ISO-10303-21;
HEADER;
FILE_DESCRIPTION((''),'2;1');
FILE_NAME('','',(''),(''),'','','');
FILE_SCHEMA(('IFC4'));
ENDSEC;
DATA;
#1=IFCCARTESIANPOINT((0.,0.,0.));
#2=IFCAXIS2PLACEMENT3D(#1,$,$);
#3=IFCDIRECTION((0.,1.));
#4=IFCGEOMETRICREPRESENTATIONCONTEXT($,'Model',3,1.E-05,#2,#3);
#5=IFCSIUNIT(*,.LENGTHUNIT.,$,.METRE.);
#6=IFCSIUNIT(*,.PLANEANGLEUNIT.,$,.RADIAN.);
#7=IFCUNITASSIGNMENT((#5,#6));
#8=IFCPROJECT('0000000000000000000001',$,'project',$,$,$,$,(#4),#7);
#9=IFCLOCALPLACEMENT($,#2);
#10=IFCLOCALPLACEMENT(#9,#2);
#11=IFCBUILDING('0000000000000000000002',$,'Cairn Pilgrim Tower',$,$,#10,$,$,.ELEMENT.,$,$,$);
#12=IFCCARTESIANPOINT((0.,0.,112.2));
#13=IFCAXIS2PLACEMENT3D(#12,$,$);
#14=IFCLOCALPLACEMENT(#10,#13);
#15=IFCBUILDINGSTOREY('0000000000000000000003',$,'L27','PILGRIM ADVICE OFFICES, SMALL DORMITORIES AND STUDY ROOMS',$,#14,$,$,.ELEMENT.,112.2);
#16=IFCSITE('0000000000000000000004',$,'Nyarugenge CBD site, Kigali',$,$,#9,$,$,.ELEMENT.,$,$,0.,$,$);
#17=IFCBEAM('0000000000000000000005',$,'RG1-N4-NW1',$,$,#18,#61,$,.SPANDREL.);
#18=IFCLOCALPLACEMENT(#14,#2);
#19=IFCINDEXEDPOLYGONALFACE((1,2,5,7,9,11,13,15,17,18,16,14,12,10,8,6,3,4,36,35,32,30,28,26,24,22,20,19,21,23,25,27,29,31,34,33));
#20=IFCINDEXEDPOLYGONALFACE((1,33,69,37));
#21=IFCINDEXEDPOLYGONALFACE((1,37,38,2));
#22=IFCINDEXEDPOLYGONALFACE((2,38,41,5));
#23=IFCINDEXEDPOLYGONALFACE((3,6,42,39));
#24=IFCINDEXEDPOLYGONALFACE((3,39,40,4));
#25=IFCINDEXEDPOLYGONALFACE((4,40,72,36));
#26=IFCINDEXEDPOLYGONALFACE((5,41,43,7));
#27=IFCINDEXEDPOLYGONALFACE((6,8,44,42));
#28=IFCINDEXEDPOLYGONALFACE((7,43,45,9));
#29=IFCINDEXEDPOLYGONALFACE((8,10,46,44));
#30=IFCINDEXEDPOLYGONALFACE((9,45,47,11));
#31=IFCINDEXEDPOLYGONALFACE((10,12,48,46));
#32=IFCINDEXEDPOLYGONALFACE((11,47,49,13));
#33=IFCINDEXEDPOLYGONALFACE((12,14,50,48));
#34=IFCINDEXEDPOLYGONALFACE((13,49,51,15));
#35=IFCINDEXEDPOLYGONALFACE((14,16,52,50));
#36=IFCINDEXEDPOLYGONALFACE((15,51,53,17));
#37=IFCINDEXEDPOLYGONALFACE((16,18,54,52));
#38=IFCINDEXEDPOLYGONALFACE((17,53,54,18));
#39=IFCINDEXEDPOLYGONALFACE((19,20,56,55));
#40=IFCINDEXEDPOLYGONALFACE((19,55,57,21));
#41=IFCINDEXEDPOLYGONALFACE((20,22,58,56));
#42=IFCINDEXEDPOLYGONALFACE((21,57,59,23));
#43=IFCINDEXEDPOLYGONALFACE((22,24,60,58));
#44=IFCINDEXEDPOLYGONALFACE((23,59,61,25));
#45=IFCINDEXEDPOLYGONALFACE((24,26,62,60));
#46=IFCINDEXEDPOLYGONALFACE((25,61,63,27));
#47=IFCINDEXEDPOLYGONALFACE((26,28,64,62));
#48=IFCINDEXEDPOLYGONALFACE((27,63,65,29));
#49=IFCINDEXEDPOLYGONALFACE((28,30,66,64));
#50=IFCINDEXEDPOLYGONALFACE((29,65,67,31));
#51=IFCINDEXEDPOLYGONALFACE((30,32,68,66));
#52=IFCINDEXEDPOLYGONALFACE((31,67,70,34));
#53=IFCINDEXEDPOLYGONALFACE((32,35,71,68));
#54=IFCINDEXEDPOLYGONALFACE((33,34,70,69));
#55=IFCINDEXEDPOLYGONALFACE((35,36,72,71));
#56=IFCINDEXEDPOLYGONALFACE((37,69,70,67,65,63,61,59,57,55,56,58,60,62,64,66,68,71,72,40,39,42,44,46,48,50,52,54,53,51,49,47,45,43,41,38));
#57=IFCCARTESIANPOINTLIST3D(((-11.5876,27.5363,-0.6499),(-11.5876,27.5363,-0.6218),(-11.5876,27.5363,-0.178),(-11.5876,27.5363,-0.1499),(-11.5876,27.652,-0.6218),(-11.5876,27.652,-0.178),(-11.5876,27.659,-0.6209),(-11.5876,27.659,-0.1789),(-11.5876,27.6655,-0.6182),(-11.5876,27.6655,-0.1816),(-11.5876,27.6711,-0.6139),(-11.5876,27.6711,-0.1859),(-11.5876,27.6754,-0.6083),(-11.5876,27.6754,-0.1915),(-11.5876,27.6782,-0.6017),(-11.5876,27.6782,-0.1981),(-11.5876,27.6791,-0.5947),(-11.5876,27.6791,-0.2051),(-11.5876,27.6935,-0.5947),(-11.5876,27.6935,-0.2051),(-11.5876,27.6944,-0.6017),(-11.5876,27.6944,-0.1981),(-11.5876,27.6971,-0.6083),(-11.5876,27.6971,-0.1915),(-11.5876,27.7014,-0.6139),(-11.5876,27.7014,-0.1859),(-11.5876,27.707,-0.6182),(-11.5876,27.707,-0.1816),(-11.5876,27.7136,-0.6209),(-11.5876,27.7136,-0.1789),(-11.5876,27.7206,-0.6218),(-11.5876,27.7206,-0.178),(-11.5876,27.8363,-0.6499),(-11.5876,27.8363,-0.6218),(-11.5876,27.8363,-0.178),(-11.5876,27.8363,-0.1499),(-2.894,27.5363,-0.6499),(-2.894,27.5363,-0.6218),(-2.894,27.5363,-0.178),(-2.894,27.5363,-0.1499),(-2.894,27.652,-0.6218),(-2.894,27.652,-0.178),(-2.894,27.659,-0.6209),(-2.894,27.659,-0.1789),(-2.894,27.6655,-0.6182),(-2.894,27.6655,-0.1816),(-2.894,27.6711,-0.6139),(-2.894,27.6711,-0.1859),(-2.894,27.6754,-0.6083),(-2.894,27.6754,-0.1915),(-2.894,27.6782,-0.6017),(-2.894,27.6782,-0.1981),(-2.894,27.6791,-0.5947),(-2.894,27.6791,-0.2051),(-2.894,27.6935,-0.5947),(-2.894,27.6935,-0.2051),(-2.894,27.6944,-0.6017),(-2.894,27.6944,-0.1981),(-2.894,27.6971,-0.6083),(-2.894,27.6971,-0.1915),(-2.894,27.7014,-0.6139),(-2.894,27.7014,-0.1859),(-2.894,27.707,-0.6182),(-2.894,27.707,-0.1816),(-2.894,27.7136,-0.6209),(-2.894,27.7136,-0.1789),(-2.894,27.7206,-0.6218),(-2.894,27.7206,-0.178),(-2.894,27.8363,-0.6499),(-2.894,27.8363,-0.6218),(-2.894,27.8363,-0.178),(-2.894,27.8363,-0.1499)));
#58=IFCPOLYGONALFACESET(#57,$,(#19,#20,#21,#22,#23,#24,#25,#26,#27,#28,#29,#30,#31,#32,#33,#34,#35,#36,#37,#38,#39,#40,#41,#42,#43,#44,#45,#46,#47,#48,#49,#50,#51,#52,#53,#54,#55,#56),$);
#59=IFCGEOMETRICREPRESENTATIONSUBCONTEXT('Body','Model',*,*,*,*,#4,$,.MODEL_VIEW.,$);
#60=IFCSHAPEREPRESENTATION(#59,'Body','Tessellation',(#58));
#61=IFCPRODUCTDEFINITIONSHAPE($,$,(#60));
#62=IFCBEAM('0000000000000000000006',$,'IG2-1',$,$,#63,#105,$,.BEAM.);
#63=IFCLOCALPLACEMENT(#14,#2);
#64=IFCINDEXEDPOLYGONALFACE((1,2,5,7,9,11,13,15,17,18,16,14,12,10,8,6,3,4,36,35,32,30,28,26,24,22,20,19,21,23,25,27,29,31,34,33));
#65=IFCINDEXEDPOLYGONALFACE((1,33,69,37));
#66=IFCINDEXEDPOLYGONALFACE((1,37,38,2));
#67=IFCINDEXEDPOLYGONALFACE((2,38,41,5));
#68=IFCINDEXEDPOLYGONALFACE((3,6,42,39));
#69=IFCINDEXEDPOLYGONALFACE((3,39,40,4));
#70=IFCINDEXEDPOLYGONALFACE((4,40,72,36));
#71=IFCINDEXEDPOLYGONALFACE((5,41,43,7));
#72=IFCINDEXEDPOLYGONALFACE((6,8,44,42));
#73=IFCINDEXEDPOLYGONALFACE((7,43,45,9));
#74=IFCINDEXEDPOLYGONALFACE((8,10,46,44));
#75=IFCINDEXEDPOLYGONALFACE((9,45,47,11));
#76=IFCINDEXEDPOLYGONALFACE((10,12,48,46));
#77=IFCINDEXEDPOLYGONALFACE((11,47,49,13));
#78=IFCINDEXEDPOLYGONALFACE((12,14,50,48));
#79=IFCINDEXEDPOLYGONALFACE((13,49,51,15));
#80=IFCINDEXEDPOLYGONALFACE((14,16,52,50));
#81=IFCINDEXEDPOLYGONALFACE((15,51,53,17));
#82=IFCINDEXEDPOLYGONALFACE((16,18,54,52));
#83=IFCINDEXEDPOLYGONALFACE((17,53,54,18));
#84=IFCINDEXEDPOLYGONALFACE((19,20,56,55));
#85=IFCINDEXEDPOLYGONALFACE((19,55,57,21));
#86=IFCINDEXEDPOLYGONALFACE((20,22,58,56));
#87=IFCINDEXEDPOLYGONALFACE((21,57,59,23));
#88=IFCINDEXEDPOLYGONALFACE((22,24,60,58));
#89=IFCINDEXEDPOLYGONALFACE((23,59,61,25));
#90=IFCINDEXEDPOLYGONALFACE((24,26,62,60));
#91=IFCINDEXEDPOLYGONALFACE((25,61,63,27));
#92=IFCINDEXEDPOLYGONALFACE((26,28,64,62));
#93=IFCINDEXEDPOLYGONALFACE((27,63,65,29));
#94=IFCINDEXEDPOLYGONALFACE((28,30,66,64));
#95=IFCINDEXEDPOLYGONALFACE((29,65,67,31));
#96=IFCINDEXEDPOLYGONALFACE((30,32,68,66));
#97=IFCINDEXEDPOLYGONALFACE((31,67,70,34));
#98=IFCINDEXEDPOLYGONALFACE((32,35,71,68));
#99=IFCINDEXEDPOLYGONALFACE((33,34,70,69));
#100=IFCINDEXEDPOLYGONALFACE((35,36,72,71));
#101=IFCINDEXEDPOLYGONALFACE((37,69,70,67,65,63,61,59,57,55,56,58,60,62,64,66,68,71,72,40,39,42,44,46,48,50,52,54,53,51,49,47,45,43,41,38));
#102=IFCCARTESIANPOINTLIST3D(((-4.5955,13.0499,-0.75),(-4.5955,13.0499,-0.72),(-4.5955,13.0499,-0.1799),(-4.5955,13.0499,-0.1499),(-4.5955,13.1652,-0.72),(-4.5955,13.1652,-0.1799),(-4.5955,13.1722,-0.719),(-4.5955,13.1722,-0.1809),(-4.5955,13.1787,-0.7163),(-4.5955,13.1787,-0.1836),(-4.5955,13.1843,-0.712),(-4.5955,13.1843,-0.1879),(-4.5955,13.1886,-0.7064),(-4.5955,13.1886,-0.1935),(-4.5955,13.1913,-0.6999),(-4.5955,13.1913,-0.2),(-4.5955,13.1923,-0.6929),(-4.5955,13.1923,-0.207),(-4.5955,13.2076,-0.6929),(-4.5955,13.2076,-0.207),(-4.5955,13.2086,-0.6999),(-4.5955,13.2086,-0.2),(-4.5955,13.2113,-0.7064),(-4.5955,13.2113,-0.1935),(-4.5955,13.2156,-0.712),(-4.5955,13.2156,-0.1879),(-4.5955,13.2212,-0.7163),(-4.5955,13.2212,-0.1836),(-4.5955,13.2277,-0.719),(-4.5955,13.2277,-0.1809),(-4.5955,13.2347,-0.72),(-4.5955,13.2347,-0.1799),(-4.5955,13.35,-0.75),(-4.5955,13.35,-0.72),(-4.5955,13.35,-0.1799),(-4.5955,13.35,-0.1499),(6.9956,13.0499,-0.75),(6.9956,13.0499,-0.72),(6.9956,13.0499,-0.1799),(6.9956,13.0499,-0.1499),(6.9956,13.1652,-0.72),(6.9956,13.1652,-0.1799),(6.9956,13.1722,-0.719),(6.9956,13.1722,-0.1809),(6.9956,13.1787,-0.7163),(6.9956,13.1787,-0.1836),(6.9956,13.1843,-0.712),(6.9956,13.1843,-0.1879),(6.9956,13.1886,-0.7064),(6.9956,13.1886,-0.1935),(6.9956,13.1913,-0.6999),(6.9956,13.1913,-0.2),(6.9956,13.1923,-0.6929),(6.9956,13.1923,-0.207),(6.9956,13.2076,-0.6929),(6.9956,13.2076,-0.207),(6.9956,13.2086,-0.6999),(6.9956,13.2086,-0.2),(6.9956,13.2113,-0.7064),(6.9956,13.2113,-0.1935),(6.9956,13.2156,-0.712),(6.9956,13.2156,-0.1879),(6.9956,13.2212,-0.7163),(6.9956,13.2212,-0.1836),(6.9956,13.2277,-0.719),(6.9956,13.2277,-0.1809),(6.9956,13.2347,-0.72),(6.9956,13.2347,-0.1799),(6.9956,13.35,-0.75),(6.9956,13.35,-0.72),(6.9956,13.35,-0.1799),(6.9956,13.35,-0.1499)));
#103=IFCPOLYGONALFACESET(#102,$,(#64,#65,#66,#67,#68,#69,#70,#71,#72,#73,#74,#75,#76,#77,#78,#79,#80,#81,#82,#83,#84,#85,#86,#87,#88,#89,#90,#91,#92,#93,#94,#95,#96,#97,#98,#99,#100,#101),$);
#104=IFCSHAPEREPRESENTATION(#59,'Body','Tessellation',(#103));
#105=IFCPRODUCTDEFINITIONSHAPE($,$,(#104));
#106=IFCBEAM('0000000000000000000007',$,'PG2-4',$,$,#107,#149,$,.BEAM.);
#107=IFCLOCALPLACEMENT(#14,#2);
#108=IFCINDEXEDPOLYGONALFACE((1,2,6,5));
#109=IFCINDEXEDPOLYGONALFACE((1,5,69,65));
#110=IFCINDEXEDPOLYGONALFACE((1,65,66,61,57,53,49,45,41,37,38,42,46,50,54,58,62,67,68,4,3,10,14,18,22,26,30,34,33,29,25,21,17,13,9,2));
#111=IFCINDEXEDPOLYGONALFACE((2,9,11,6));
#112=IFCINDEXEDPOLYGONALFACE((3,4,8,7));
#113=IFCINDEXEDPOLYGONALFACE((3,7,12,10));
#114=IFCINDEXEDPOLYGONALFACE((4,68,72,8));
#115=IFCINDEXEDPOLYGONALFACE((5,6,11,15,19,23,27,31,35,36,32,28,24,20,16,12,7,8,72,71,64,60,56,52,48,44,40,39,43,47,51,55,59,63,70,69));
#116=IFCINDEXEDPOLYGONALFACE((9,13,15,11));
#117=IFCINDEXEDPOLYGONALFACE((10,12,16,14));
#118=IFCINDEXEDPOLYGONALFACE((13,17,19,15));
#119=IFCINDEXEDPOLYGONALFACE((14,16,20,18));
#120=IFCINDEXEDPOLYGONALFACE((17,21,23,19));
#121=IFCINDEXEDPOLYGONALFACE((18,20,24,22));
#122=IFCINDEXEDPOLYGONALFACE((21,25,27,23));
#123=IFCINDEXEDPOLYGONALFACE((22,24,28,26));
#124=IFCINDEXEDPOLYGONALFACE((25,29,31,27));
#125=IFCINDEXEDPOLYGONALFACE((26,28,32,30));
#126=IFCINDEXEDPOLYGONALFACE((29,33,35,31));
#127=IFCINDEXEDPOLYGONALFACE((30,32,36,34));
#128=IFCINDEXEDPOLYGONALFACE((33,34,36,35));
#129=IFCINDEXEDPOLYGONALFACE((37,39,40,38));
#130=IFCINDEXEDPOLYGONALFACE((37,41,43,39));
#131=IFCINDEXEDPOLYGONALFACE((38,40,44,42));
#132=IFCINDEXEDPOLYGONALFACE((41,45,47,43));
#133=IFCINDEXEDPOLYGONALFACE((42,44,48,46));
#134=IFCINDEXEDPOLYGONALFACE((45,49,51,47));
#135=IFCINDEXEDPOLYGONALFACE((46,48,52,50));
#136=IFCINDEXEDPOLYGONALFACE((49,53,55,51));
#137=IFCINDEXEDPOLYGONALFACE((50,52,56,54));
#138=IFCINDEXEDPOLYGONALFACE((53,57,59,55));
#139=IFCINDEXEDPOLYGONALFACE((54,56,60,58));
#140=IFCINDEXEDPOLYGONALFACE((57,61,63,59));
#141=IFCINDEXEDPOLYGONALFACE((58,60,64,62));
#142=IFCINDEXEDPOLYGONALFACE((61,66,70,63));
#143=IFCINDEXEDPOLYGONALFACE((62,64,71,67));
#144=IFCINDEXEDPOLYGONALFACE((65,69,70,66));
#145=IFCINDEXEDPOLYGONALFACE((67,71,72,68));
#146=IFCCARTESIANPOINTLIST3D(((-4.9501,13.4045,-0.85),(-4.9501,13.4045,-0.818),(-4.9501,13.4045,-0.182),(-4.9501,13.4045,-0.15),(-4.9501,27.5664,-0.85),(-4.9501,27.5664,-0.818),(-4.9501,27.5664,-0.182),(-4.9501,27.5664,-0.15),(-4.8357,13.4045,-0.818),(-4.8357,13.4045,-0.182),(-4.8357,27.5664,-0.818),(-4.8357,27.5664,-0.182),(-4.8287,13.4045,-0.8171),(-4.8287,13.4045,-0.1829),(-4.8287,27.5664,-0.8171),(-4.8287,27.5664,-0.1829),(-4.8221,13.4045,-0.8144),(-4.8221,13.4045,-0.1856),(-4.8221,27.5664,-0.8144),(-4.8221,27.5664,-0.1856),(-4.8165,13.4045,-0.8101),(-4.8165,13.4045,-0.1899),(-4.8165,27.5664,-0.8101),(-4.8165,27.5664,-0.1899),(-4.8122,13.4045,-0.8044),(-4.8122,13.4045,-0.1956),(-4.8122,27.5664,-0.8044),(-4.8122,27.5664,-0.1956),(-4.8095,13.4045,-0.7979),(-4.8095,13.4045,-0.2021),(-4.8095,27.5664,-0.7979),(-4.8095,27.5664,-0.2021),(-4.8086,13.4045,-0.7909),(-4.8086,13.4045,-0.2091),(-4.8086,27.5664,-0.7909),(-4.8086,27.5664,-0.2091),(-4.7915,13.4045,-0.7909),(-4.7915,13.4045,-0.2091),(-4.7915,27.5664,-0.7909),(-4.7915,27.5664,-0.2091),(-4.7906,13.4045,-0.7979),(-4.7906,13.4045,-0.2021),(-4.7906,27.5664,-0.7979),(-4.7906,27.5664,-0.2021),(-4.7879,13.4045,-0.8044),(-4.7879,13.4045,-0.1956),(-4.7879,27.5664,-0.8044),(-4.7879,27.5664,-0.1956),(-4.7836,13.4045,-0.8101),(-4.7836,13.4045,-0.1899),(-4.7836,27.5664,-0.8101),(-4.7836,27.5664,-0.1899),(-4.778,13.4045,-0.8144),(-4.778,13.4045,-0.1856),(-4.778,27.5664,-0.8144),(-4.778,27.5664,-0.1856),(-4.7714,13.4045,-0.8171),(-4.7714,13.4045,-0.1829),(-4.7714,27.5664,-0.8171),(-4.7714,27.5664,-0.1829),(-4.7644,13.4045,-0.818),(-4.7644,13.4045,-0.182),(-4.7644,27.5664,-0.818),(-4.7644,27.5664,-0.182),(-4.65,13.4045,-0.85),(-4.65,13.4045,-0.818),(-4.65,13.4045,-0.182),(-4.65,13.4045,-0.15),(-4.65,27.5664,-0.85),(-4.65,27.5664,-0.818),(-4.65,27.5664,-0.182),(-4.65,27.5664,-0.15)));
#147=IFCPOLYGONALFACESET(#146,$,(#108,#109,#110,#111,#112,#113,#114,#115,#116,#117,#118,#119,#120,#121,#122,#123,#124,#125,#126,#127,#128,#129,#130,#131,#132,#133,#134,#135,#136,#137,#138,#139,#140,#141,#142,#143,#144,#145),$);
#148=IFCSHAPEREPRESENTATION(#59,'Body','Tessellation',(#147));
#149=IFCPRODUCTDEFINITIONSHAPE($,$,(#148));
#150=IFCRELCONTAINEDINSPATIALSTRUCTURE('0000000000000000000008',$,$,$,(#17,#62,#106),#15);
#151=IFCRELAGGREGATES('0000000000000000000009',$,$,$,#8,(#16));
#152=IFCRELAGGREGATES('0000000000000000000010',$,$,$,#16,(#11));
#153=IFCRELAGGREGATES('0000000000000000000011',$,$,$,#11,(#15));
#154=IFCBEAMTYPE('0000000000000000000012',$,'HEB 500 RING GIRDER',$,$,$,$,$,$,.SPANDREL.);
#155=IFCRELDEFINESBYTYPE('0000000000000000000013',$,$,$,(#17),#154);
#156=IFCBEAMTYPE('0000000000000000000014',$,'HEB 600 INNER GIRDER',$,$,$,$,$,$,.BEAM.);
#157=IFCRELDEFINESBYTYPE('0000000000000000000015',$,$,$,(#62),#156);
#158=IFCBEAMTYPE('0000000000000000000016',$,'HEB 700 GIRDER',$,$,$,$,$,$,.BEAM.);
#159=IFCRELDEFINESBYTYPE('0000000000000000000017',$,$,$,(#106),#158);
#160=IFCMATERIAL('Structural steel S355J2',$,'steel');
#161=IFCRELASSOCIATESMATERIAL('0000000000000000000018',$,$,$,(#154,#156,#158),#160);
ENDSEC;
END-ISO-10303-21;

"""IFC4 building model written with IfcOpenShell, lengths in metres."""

from ifc_helpers import new_model, si_unit, direction, frame, origin, origin_2d, place, context, subcontext, project, spatial, i_section, extrude, material, material_profile, profile_set, type_object, element, save


model = new_model("IFC4")

# Units and contexts
model_context = context("Model", 3, precision=1e-05, world=origin(), true_north=direction((0.0, 1.0)))
body_context = subcontext(model_context, "Body", "Model", "MODEL_VIEW")
ifc_project = project(units=[si_unit("LENGTHUNIT", "METRE"), si_unit("PLANEANGLEUNIT", "RADIAN")], contexts=[model_context])

# Site, building, storey
site_placement = place(None, origin())
site = spatial("IfcSite", under=ifc_project, at=site_placement, Name="Nyarugenge CBD site, Kigali", CompositionType="ELEMENT", RefElevation=0.0)
building_placement = place(site_placement, origin())
building = spatial("IfcBuilding", under=site, at=building_placement, Name="Cairn Pilgrim Tower", CompositionType="ELEMENT")
storey_placement = place(building_placement, frame((0.0, 0.0, 112.2)))
storey = spatial("IfcBuildingStorey", under=building, at=storey_placement, Name="L27", Description="PILGRIM ADVICE OFFICES, SMALL DORMITORIES AND STUDY ROOMS", CompositionType="ELEMENT", Elevation=112.2)

# Shared definitions
ifc_material_1 = material(Name="Structural steel S355J2", Category="steel")

# Beams
ifc_material_profile_1 = material_profile(ifc_material_1, i_section(OverallWidth=0.3, OverallDepth=0.5, WebThickness=0.0144, FlangeThickness=0.0281, FilletRadius=0.0271, at=origin_2d()), Name="HEB 500")
ifc_profile_set_1 = profile_set([ifc_material_profile_1], Name="Structural steel S355J2")
beam_type_1 = type_object("IfcBeamType", Name="HEB 500 RING GIRDER", PredefinedType="SPANDREL", material=ifc_profile_set_1)
beam_1_placement = place(storey_placement, frame((-2.894, 27.6863, -0.3999), z_axis=(-1.0, 0.0, 0.0), x_axis=(0.0, -1.0, 0.0)))
element("IfcBeam", 1, at=beam_1_placement, inside=storey, type_object=beam_type_1, Name="RG1-N4-NW1", PredefinedType="SPANDREL", context=body_context, shape_type="SweptSolid", body=[
    extrude(i_section(OverallWidth=0.3, OverallDepth=0.5, WebThickness=0.0144, FlangeThickness=0.0281, FilletRadius=0.0271, at=origin_2d()), origin(), (0.0, 0.0, 1.0), 8.6936),
])
ifc_material_profile_2 = material_profile(ifc_material_1, i_section(OverallWidth=0.3, OverallDepth=0.6001, WebThickness=0.0154, FlangeThickness=0.03, FilletRadius=0.0271, at=origin_2d()), Name="HEB 600")
ifc_profile_set_2 = profile_set([ifc_material_profile_2], Name="Structural steel S355J2")
beam_type_2 = type_object("IfcBeamType", Name="HEB 600 INNER GIRDER", PredefinedType="BEAM", material=ifc_profile_set_2)
beam_2_placement = place(storey_placement, frame((-4.5955, 13.2, -0.45), z_axis=(1.0, 0.0, 0.0), x_axis=(0.0, 1.0, 0.0)))
element("IfcBeam", 2, at=beam_2_placement, inside=storey, type_object=beam_type_2, Name="IG2-1", PredefinedType="BEAM", context=body_context, shape_type="SweptSolid", body=[
    extrude(i_section(OverallWidth=0.3, OverallDepth=0.6001, WebThickness=0.0154, FlangeThickness=0.03, FilletRadius=0.0271, at=origin_2d()), origin(), (0.0, 0.0, 1.0), 11.5911),
])
ifc_material_profile_3 = material_profile(ifc_material_1, i_section(OverallWidth=0.3, OverallDepth=0.7, WebThickness=0.0171, FlangeThickness=0.032, FilletRadius=0.0271, at=origin_2d()), Name="HEB 700")
ifc_profile_set_3 = profile_set([ifc_material_profile_3], Name="Structural steel S355J2")
beam_type_3 = type_object("IfcBeamType", Name="HEB 700 GIRDER", PredefinedType="BEAM", material=ifc_profile_set_3)
beam_3_placement = place(storey_placement, frame((-4.8, 13.4045, -0.5), z_axis=(0.0, 1.0, 0.0), x_axis=(-1.0, 0.0, 0.0)))
element("IfcBeam", 3, at=beam_3_placement, inside=storey, type_object=beam_type_3, Name="PG2-4", PredefinedType="BEAM", context=body_context, shape_type="SweptSolid", body=[
    extrude(i_section(OverallWidth=0.3, OverallDepth=0.7, WebThickness=0.0171, FlangeThickness=0.032, FilletRadius=0.0271, at=origin_2d()), origin(), (0.0, 0.0, 1.0), 14.1619),
])

save(model, "model.ifc")
